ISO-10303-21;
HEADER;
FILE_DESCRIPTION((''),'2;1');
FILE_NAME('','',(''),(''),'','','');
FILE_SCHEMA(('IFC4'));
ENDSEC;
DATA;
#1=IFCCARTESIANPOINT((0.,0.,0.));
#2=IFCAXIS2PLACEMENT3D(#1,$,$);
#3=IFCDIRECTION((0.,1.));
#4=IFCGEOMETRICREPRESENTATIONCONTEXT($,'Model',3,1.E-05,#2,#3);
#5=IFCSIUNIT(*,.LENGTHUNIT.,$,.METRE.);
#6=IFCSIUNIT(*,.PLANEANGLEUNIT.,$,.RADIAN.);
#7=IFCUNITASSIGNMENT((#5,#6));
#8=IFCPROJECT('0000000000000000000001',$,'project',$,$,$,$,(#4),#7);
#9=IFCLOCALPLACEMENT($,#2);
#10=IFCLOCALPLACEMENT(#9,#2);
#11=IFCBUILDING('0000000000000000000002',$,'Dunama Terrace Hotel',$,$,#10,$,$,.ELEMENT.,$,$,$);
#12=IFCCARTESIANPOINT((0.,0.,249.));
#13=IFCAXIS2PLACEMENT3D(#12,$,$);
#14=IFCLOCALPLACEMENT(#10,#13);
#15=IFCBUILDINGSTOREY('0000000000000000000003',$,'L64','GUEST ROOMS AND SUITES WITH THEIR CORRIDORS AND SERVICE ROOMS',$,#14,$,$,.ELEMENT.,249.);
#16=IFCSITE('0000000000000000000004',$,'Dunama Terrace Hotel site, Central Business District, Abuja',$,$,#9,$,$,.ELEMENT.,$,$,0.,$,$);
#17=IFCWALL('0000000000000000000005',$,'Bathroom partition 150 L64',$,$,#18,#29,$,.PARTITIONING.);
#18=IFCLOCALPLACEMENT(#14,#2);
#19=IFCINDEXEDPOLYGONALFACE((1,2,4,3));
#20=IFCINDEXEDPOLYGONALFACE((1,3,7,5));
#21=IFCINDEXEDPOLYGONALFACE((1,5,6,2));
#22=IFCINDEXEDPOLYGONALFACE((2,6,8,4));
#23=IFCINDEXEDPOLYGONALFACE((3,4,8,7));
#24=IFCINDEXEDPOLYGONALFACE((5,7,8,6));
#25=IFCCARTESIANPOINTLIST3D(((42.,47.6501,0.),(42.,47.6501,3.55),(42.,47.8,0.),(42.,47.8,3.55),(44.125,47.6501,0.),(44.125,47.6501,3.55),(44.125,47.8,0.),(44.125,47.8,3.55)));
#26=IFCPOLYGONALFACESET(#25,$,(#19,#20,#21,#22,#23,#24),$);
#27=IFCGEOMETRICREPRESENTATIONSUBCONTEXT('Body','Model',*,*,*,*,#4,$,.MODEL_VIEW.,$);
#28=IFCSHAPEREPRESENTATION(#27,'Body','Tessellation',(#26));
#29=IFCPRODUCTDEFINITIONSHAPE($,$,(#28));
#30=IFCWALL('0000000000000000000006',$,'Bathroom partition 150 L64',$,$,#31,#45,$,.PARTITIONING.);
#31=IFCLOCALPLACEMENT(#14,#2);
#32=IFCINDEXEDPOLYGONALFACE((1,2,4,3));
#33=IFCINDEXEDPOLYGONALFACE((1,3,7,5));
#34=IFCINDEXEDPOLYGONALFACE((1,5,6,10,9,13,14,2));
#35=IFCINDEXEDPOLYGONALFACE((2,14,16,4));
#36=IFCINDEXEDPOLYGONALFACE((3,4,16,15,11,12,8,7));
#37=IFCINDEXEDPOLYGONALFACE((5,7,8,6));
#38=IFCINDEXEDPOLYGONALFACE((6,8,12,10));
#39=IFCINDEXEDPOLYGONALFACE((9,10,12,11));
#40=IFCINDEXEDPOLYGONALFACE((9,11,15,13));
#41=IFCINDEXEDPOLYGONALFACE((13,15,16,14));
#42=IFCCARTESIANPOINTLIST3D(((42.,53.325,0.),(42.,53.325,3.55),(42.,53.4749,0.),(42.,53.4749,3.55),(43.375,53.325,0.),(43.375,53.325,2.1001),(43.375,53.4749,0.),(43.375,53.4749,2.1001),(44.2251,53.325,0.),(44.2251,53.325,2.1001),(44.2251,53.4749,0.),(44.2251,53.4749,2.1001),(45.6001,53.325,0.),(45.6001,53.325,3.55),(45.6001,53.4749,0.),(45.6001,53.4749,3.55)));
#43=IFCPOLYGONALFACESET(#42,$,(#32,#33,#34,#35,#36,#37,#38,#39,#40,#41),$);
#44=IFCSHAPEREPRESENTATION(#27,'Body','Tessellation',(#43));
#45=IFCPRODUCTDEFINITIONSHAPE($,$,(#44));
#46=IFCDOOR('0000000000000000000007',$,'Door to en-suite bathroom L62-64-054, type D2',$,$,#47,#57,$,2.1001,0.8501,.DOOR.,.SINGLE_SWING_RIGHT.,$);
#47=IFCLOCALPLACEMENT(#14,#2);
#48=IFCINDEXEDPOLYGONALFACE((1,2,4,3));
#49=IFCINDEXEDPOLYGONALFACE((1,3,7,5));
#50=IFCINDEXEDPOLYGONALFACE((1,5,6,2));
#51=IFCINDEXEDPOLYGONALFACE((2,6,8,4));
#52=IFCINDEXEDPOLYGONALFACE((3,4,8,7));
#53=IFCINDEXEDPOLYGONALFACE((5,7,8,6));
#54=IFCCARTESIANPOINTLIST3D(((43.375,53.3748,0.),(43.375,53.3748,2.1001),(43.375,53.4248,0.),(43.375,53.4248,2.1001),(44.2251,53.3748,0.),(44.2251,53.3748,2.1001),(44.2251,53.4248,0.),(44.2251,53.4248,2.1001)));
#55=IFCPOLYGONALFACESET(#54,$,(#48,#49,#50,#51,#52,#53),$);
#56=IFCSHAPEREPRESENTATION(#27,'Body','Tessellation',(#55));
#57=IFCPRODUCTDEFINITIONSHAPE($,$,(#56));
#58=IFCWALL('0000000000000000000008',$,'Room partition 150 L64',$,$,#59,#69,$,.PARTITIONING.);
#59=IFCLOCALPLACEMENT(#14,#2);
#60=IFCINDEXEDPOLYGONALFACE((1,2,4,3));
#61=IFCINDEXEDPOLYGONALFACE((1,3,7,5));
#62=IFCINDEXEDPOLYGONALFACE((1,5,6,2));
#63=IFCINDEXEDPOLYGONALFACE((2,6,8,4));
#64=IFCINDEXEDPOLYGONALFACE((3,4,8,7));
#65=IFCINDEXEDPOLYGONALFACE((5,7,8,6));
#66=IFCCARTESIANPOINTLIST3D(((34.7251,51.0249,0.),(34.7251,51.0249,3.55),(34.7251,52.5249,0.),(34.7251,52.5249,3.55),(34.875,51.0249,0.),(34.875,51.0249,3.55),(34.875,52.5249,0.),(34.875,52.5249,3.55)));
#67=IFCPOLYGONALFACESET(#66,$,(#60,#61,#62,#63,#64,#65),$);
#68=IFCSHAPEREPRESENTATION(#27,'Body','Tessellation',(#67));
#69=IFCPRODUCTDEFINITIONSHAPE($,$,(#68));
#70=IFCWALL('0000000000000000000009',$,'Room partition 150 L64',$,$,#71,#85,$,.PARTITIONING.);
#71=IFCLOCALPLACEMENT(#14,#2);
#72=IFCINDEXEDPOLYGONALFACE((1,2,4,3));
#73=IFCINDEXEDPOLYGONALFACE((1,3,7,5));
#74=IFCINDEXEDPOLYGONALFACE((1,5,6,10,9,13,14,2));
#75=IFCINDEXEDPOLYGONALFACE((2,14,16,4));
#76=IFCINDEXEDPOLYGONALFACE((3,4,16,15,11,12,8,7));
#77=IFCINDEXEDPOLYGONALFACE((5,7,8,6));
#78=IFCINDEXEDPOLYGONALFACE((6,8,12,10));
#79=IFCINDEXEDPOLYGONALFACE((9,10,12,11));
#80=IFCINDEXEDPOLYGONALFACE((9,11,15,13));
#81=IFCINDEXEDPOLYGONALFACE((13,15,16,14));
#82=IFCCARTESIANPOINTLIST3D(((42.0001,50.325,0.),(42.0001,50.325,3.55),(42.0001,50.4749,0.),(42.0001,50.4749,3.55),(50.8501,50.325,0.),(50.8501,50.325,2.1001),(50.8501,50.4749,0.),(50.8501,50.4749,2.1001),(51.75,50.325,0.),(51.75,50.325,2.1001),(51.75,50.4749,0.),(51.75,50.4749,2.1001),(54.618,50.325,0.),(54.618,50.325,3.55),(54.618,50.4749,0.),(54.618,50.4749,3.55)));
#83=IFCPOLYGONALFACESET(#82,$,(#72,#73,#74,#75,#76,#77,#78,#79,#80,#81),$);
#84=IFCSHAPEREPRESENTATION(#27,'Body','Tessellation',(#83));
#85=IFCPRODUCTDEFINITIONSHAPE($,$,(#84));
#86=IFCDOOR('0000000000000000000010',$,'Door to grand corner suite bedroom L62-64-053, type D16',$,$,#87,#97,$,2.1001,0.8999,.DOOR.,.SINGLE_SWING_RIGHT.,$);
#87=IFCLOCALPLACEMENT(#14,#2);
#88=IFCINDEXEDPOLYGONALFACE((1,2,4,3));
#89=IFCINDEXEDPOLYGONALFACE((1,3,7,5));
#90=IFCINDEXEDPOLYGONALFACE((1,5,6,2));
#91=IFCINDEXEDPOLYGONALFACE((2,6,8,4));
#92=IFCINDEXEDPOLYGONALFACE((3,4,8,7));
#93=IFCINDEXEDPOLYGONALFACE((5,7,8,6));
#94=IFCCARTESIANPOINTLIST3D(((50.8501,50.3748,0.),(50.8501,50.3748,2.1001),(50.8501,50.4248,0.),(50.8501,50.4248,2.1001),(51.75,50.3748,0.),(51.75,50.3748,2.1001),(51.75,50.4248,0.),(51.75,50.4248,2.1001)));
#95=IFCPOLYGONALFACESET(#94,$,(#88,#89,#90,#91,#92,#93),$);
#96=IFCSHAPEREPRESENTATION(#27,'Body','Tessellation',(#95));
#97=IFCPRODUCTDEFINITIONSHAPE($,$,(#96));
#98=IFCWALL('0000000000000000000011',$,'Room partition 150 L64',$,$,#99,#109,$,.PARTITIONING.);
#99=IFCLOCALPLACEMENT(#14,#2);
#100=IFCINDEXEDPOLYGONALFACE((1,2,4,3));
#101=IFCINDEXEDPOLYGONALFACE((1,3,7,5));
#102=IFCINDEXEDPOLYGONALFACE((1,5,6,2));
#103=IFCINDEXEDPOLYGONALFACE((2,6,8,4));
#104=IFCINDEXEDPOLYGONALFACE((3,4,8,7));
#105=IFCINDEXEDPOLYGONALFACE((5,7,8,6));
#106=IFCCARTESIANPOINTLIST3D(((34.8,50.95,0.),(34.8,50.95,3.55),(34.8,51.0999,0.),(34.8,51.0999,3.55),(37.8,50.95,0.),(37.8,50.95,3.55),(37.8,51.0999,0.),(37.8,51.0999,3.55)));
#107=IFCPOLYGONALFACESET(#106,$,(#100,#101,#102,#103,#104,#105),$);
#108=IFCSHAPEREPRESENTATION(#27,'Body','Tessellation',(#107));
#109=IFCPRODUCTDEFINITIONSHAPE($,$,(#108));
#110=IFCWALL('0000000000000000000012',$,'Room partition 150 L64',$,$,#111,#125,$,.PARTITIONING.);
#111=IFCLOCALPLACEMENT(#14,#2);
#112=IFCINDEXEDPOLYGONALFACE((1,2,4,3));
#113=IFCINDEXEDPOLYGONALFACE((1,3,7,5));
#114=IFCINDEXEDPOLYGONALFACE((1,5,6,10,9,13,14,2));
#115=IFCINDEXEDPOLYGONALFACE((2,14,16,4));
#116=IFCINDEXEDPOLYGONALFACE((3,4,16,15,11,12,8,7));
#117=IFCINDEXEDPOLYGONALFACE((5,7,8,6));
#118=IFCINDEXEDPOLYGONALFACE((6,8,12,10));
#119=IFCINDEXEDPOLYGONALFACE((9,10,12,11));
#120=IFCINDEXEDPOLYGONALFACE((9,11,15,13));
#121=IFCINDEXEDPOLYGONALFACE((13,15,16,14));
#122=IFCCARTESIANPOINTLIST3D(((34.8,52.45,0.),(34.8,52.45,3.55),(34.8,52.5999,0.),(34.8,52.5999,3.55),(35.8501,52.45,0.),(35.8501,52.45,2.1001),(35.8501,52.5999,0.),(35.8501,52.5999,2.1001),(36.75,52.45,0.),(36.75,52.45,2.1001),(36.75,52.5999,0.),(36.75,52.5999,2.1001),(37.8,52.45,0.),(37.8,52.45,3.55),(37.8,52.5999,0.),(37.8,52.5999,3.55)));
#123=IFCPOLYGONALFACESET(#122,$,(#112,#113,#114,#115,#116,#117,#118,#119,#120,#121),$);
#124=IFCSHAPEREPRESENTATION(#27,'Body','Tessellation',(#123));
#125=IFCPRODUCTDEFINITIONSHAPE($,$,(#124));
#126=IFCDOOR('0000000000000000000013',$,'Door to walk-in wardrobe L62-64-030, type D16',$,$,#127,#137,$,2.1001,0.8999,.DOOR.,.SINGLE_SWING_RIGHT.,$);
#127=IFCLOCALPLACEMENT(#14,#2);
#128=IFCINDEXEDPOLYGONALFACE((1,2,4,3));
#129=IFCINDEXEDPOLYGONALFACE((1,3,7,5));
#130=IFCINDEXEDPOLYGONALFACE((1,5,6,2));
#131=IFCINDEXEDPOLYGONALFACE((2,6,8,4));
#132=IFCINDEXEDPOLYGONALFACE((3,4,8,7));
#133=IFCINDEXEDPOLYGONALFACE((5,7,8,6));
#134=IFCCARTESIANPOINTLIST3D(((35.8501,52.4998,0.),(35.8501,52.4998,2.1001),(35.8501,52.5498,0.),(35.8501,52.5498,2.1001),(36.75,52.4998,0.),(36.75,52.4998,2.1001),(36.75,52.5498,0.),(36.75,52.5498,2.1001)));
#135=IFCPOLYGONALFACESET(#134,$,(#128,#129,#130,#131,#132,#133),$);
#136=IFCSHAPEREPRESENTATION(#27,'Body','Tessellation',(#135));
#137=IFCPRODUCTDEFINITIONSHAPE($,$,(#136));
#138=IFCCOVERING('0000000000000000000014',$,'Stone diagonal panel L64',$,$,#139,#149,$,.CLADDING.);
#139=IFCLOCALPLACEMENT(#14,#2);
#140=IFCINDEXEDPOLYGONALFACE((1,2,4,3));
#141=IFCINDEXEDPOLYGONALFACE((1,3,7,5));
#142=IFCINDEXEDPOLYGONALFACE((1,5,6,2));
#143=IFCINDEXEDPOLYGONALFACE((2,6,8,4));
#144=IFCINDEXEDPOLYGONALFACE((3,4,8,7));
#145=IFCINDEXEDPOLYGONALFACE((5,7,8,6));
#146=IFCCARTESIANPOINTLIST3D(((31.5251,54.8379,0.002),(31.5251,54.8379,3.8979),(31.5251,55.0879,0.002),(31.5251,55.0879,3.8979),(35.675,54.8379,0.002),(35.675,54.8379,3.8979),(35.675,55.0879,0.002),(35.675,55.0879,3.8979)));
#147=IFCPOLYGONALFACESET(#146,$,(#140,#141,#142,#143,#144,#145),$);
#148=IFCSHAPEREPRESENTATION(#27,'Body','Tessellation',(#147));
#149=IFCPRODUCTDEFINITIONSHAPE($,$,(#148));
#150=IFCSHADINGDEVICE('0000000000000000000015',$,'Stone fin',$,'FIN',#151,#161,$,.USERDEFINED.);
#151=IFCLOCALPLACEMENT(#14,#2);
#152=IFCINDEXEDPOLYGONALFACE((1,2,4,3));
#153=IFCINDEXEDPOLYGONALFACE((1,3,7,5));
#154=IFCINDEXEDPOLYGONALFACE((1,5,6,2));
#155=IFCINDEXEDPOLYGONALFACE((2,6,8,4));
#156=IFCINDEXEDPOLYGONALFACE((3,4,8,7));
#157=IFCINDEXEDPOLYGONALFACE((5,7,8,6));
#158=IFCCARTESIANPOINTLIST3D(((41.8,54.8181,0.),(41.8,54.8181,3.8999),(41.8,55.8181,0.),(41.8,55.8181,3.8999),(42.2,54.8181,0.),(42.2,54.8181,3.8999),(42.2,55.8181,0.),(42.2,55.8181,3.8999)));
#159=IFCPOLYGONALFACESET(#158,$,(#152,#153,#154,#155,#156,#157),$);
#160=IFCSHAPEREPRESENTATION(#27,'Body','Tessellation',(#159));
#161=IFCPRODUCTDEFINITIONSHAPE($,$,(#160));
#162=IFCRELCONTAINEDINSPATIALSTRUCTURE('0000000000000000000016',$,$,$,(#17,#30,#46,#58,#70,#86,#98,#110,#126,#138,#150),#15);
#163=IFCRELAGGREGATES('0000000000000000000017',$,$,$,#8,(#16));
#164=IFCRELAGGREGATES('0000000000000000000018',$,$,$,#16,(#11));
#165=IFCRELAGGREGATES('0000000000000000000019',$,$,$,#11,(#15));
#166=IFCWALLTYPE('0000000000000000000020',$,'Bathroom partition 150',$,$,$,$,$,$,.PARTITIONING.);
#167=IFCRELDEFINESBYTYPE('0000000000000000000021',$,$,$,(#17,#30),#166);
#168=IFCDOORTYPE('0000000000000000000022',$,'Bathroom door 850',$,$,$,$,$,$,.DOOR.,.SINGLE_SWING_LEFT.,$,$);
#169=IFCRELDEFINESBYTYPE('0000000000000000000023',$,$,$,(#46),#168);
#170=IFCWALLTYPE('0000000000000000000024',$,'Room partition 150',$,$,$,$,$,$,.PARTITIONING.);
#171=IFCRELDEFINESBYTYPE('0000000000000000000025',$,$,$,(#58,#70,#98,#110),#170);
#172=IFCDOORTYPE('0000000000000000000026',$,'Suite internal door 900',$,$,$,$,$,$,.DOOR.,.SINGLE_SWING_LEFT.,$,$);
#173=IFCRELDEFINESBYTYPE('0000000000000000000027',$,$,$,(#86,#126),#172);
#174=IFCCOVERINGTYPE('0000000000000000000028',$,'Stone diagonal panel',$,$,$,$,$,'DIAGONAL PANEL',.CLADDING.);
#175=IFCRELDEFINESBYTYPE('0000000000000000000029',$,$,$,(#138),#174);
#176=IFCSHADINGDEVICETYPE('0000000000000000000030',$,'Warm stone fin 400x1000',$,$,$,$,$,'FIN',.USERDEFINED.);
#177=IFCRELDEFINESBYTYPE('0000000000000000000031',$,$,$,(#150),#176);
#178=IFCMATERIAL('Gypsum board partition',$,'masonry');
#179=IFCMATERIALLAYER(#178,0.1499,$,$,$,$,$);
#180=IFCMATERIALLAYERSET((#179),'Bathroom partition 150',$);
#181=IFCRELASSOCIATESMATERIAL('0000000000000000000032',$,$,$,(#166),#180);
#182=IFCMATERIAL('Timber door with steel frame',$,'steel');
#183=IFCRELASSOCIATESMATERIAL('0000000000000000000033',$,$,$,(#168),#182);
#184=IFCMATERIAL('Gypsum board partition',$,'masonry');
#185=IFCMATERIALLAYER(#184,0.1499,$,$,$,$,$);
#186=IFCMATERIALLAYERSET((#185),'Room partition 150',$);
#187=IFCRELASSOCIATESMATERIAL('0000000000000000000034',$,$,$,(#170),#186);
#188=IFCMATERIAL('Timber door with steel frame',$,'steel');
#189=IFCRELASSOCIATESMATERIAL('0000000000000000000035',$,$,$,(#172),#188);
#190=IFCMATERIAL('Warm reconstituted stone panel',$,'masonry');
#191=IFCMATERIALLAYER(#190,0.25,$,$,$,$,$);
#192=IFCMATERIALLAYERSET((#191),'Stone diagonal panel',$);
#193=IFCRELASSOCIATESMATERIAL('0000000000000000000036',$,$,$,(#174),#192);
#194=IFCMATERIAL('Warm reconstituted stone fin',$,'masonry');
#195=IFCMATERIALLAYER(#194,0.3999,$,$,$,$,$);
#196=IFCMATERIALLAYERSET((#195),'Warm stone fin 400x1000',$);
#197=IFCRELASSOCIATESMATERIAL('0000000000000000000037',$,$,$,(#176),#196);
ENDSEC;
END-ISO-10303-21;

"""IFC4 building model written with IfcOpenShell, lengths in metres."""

from ifc_helpers import new_model, si_unit, direction, frame, frame_2d, origin, origin_2d, place, context, subcontext, project, spatial, rectangle, extrude, material, layer, layer_set, type_object, element, fill, save


model = new_model("IFC4")

# Units and contexts
model_context = context("Model", 3, precision=1e-05, world=origin(), true_north=direction((0.0, 1.0)))
body_context = subcontext(model_context, "Body", "Model", "MODEL_VIEW")
ifc_project = project(units=[si_unit("LENGTHUNIT", "METRE"), si_unit("PLANEANGLEUNIT", "RADIAN")], contexts=[model_context])

# Site, building, storey
site_placement = place(None, origin())
site = spatial("IfcSite", under=ifc_project, at=site_placement, Name="Dunama Terrace Hotel site, Central Business District, Abuja", CompositionType="ELEMENT", RefElevation=0.0)
building_placement = place(site_placement, origin())
building = spatial("IfcBuilding", under=site, at=building_placement, Name="Dunama Terrace Hotel", CompositionType="ELEMENT")
storey_placement = place(building_placement, frame((0.0, 0.0, 249.0)))
storey = spatial("IfcBuildingStorey", under=building, at=storey_placement, Name="L64", Description="GUEST ROOMS AND SUITES WITH THEIR CORRIDORS AND SERVICE ROOMS", CompositionType="ELEMENT", Elevation=249.0)

# Wall
ifc_material_1 = material(Name="Gypsum board partition", Category="masonry")
ifc_layer_1 = layer(ifc_material_1, 0.1499)
ifc_layer_set_1 = layer_set([ifc_layer_1], Name="Bathroom partition 150")
wall_type_1 = type_object("IfcWallType", Name="Bathroom partition 150", PredefinedType="PARTITIONING", material=ifc_layer_set_1)
wall_1_placement = place(storey_placement, frame((42.0, 47.7251, 0.0), z_axis=(0.0, 0.0, 1.0), x_axis=(1.0, 0.0, 0.0)))
element("IfcWall", 1, at=wall_1_placement, inside=storey, type_object=wall_type_1, Name="Bathroom partition 150 L64", PredefinedType="PARTITIONING", context=body_context, shape_type="SweptSolid", body=[
    extrude(rectangle(XDim=2.125, YDim=0.1499, at=frame_2d((1.0625, 0.0))), origin(), (0.0, 0.0, 1.0), 3.55),
])

# Wall, opening, door
wall_2_placement = place(storey_placement, frame((42.0, 53.3999, 0.0), z_axis=(0.0, 0.0, 1.0), x_axis=(1.0, 0.0, 0.0)))
wall_2 = element("IfcWall", 2, at=wall_2_placement, inside=storey, type_object=wall_type_1, Name="Bathroom partition 150 L64", PredefinedType="PARTITIONING", context=body_context, shape_type="SweptSolid", body=[
    extrude(rectangle(XDim=3.6001, YDim=0.1499, at=frame_2d((1.8, 0.0))), origin(), (0.0, 0.0, 1.0), 3.55),
])
opening_1_placement = place(wall_2_placement, frame((1.375, 0.0, 0.0)))
opening_1 = element("IfcOpeningElement", 3, at=opening_1_placement, cuts=wall_2, PredefinedType="OPENING", context=body_context, shape_type="SweptSolid", body=[
    extrude(rectangle(XDim=0.8501, YDim=2.1001, at=frame_2d((0.425, 1.05))), frame((0.0, 0.085, 0.0), z_axis=(0.0, -1.0, 0.0), x_axis=(1.0, 0.0, 0.0)), (0.0, 0.0, 1.0), 0.1699),
])
ifc_material_2 = material(Name="Timber door with steel frame", Category="steel")
door_type_1 = type_object("IfcDoorType", Name="Bathroom door 850", OperationType="SINGLE_SWING_LEFT", PredefinedType="DOOR", material=ifc_material_2)
door_1_placement = place(opening_1_placement, frame((0.8501, 0.0, 0.0), z_axis=(0.0, 0.0, 1.0), x_axis=(-1.0, 0.0, 0.0)))
door_1 = element("IfcDoor", 4, at=door_1_placement, inside=storey, type_object=door_type_1, Name="Door to en-suite bathroom L62-64-054, type D2", OperationType="SINGLE_SWING_RIGHT", OverallHeight=2.1001, OverallWidth=0.8501, PredefinedType="DOOR", context=body_context, shape_type="SweptSolid", body=[
    extrude(rectangle(XDim=0.8501, YDim=2.1001, at=frame_2d((0.425, 1.05))), frame((0.0, 0.0251, 0.0), z_axis=(0.0, -1.0, 0.0), x_axis=(1.0, 0.0, 0.0)), (0.0, 0.0, 1.0), 0.05),
])
fill(opening_1, door_1)

# Wall
ifc_material_3 = material(Name="Gypsum board partition", Category="masonry")
ifc_layer_2 = layer(ifc_material_3, 0.1499)
ifc_layer_set_2 = layer_set([ifc_layer_2], Name="Room partition 150")
wall_type_2 = type_object("IfcWallType", Name="Room partition 150", PredefinedType="PARTITIONING", material=ifc_layer_set_2)
wall_3_placement = place(storey_placement, frame((34.8, 51.0249, 0.0), z_axis=(0.0, 0.0, 1.0), x_axis=(0.0, 1.0, 0.0)))
element("IfcWall", 5, at=wall_3_placement, inside=storey, type_object=wall_type_2, Name="Room partition 150 L64", PredefinedType="PARTITIONING", context=body_context, shape_type="SweptSolid", body=[
    extrude(rectangle(XDim=1.5, YDim=0.1499, at=frame_2d((0.75, 0.0))), origin(), (0.0, 0.0, 1.0), 3.55),
])

# Wall, opening, door
wall_4_placement = place(storey_placement, frame((42.0, 50.3999, 0.0), z_axis=(0.0, 0.0, 1.0), x_axis=(1.0, 0.0, 0.0)))
wall_4 = element("IfcWall", 6, at=wall_4_placement, inside=storey, type_object=wall_type_2, Name="Room partition 150 L64", PredefinedType="PARTITIONING", context=body_context, shape_type="SweptSolid", body=[
    extrude(rectangle(XDim=12.6179, YDim=0.1499, at=frame_2d((6.3091, 0.0))), origin(), (0.0, 0.0, 1.0), 3.55),
])
opening_2_placement = place(wall_4_placement, frame((8.8501, 0.0, 0.0)))
opening_2 = element("IfcOpeningElement", 7, at=opening_2_placement, cuts=wall_4, PredefinedType="OPENING", context=body_context, shape_type="SweptSolid", body=[
    extrude(rectangle(XDim=0.8999, YDim=2.1001, at=frame_2d((0.45, 1.05))), frame((0.0, 0.085, 0.0), z_axis=(0.0, -1.0, 0.0), x_axis=(1.0, 0.0, 0.0)), (0.0, 0.0, 1.0), 0.1699),
])
ifc_material_4 = material(Name="Timber door with steel frame", Category="steel")
door_type_2 = type_object("IfcDoorType", Name="Suite internal door 900", OperationType="SINGLE_SWING_LEFT", PredefinedType="DOOR", material=ifc_material_4)
door_2_placement = place(opening_2_placement, origin())
door_2 = element("IfcDoor", 8, at=door_2_placement, inside=storey, type_object=door_type_2, Name="Door to grand corner suite bedroom L62-64-053, type D16", OperationType="SINGLE_SWING_RIGHT", OverallHeight=2.1001, OverallWidth=0.8999, PredefinedType="DOOR", context=body_context, shape_type="SweptSolid", body=[
    extrude(rectangle(XDim=0.8999, YDim=2.1001, at=frame_2d((0.45, 1.05))), frame((0.0, 0.0249, 0.0), z_axis=(0.0, -1.0, 0.0), x_axis=(1.0, 0.0, 0.0)), (0.0, 0.0, 1.0), 0.05),
])
fill(opening_2, door_2)

# Wall
wall_5_placement = place(storey_placement, frame((34.8, 51.0249, 0.0), z_axis=(0.0, 0.0, 1.0), x_axis=(1.0, 0.0, 0.0)))
element("IfcWall", 9, at=wall_5_placement, inside=storey, type_object=wall_type_2, Name="Room partition 150 L64", PredefinedType="PARTITIONING", context=body_context, shape_type="SweptSolid", body=[
    extrude(rectangle(XDim=3.0, YDim=0.1499, at=frame_2d((1.5, 0.0))), origin(), (0.0, 0.0, 1.0), 3.55),
])

# Wall, opening, door
wall_6_placement = place(storey_placement, frame((34.8, 52.5249, 0.0), z_axis=(0.0, 0.0, 1.0), x_axis=(1.0, 0.0, 0.0)))
wall_6 = element("IfcWall", 10, at=wall_6_placement, inside=storey, type_object=wall_type_2, Name="Room partition 150 L64", PredefinedType="PARTITIONING", context=body_context, shape_type="SweptSolid", body=[
    extrude(rectangle(XDim=3.0, YDim=0.1499, at=frame_2d((1.5, 0.0))), origin(), (0.0, 0.0, 1.0), 3.55),
])
opening_3_placement = place(wall_6_placement, frame((1.05, 0.0, 0.0)))
opening_3 = element("IfcOpeningElement", 11, at=opening_3_placement, cuts=wall_6, PredefinedType="OPENING", context=body_context, shape_type="SweptSolid", body=[
    extrude(rectangle(XDim=0.8999, YDim=2.1001, at=frame_2d((0.45, 1.05))), frame((0.0, 0.085, 0.0), z_axis=(0.0, -1.0, 0.0), x_axis=(1.0, 0.0, 0.0)), (0.0, 0.0, 1.0), 0.1699),
])
door_3_placement = place(opening_3_placement, frame((0.8999, 0.0, 0.0), z_axis=(0.0, 0.0, 1.0), x_axis=(-1.0, 0.0, 0.0)))
door_3 = element("IfcDoor", 12, at=door_3_placement, inside=storey, type_object=door_type_2, Name="Door to walk-in wardrobe L62-64-030, type D16", OperationType="SINGLE_SWING_RIGHT", OverallHeight=2.1001, OverallWidth=0.8999, PredefinedType="DOOR", context=body_context, shape_type="SweptSolid", body=[
    extrude(rectangle(XDim=0.8999, YDim=2.1001, at=frame_2d((0.45, 1.05))), frame((0.0, 0.0251, 0.0), z_axis=(0.0, -1.0, 0.0), x_axis=(1.0, 0.0, 0.0)), (0.0, 0.0, 1.0), 0.05),
])
fill(opening_3, door_3)

# Covering
ifc_material_5 = material(Name="Warm reconstituted stone panel", Category="masonry")
ifc_layer_3 = layer(ifc_material_5, 0.25)
ifc_layer_set_3 = layer_set([ifc_layer_3], Name="Stone diagonal panel")
covering_type = type_object("IfcCoveringType", Name="Stone diagonal panel", ElementType="DIAGONAL PANEL", PredefinedType="CLADDING", material=ifc_layer_set_3)
covering_placement = place(storey_placement, frame((33.6001, 54.9629, 0.002), z_axis=(0.0, 0.0, 1.0), x_axis=(-1.0, 0.0, 0.0)))
element("IfcCovering", 13, at=covering_placement, inside=storey, type_object=covering_type, Name="Stone diagonal panel L64", PredefinedType="CLADDING", context=body_context, shape_type="SweptSolid", body=[
    extrude(rectangle(XDim=4.1499, YDim=0.25, at=origin_2d()), origin(), (0.0, 0.0, 1.0), 3.896),
])

# Shading device
ifc_material_6 = material(Name="Warm reconstituted stone fin", Category="masonry")
ifc_layer_4 = layer(ifc_material_6, 0.3999)
ifc_layer_set_4 = layer_set([ifc_layer_4], Name="Warm stone fin 400x1000")
shading_device_type = type_object("IfcShadingDeviceType", Name="Warm stone fin 400x1000", ElementType="FIN", PredefinedType="USERDEFINED", material=ifc_layer_set_4)
shading_device_placement = place(storey_placement, frame((42.0, 55.3181, 0.0), z_axis=(0.0, 0.0, 1.0), x_axis=(-1.0, 0.0, 0.0)))
element("IfcShadingDevice", 14, at=shading_device_placement, inside=storey, type_object=shading_device_type, Name="Stone fin", ObjectType="FIN", PredefinedType="USERDEFINED", context=body_context, shape_type="SweptSolid", body=[
    extrude(rectangle(XDim=0.3999, YDim=1.0, at=origin_2d()), origin(), (0.0, 0.0, 1.0), 3.8999),
])

save(model, "model.ifc")
